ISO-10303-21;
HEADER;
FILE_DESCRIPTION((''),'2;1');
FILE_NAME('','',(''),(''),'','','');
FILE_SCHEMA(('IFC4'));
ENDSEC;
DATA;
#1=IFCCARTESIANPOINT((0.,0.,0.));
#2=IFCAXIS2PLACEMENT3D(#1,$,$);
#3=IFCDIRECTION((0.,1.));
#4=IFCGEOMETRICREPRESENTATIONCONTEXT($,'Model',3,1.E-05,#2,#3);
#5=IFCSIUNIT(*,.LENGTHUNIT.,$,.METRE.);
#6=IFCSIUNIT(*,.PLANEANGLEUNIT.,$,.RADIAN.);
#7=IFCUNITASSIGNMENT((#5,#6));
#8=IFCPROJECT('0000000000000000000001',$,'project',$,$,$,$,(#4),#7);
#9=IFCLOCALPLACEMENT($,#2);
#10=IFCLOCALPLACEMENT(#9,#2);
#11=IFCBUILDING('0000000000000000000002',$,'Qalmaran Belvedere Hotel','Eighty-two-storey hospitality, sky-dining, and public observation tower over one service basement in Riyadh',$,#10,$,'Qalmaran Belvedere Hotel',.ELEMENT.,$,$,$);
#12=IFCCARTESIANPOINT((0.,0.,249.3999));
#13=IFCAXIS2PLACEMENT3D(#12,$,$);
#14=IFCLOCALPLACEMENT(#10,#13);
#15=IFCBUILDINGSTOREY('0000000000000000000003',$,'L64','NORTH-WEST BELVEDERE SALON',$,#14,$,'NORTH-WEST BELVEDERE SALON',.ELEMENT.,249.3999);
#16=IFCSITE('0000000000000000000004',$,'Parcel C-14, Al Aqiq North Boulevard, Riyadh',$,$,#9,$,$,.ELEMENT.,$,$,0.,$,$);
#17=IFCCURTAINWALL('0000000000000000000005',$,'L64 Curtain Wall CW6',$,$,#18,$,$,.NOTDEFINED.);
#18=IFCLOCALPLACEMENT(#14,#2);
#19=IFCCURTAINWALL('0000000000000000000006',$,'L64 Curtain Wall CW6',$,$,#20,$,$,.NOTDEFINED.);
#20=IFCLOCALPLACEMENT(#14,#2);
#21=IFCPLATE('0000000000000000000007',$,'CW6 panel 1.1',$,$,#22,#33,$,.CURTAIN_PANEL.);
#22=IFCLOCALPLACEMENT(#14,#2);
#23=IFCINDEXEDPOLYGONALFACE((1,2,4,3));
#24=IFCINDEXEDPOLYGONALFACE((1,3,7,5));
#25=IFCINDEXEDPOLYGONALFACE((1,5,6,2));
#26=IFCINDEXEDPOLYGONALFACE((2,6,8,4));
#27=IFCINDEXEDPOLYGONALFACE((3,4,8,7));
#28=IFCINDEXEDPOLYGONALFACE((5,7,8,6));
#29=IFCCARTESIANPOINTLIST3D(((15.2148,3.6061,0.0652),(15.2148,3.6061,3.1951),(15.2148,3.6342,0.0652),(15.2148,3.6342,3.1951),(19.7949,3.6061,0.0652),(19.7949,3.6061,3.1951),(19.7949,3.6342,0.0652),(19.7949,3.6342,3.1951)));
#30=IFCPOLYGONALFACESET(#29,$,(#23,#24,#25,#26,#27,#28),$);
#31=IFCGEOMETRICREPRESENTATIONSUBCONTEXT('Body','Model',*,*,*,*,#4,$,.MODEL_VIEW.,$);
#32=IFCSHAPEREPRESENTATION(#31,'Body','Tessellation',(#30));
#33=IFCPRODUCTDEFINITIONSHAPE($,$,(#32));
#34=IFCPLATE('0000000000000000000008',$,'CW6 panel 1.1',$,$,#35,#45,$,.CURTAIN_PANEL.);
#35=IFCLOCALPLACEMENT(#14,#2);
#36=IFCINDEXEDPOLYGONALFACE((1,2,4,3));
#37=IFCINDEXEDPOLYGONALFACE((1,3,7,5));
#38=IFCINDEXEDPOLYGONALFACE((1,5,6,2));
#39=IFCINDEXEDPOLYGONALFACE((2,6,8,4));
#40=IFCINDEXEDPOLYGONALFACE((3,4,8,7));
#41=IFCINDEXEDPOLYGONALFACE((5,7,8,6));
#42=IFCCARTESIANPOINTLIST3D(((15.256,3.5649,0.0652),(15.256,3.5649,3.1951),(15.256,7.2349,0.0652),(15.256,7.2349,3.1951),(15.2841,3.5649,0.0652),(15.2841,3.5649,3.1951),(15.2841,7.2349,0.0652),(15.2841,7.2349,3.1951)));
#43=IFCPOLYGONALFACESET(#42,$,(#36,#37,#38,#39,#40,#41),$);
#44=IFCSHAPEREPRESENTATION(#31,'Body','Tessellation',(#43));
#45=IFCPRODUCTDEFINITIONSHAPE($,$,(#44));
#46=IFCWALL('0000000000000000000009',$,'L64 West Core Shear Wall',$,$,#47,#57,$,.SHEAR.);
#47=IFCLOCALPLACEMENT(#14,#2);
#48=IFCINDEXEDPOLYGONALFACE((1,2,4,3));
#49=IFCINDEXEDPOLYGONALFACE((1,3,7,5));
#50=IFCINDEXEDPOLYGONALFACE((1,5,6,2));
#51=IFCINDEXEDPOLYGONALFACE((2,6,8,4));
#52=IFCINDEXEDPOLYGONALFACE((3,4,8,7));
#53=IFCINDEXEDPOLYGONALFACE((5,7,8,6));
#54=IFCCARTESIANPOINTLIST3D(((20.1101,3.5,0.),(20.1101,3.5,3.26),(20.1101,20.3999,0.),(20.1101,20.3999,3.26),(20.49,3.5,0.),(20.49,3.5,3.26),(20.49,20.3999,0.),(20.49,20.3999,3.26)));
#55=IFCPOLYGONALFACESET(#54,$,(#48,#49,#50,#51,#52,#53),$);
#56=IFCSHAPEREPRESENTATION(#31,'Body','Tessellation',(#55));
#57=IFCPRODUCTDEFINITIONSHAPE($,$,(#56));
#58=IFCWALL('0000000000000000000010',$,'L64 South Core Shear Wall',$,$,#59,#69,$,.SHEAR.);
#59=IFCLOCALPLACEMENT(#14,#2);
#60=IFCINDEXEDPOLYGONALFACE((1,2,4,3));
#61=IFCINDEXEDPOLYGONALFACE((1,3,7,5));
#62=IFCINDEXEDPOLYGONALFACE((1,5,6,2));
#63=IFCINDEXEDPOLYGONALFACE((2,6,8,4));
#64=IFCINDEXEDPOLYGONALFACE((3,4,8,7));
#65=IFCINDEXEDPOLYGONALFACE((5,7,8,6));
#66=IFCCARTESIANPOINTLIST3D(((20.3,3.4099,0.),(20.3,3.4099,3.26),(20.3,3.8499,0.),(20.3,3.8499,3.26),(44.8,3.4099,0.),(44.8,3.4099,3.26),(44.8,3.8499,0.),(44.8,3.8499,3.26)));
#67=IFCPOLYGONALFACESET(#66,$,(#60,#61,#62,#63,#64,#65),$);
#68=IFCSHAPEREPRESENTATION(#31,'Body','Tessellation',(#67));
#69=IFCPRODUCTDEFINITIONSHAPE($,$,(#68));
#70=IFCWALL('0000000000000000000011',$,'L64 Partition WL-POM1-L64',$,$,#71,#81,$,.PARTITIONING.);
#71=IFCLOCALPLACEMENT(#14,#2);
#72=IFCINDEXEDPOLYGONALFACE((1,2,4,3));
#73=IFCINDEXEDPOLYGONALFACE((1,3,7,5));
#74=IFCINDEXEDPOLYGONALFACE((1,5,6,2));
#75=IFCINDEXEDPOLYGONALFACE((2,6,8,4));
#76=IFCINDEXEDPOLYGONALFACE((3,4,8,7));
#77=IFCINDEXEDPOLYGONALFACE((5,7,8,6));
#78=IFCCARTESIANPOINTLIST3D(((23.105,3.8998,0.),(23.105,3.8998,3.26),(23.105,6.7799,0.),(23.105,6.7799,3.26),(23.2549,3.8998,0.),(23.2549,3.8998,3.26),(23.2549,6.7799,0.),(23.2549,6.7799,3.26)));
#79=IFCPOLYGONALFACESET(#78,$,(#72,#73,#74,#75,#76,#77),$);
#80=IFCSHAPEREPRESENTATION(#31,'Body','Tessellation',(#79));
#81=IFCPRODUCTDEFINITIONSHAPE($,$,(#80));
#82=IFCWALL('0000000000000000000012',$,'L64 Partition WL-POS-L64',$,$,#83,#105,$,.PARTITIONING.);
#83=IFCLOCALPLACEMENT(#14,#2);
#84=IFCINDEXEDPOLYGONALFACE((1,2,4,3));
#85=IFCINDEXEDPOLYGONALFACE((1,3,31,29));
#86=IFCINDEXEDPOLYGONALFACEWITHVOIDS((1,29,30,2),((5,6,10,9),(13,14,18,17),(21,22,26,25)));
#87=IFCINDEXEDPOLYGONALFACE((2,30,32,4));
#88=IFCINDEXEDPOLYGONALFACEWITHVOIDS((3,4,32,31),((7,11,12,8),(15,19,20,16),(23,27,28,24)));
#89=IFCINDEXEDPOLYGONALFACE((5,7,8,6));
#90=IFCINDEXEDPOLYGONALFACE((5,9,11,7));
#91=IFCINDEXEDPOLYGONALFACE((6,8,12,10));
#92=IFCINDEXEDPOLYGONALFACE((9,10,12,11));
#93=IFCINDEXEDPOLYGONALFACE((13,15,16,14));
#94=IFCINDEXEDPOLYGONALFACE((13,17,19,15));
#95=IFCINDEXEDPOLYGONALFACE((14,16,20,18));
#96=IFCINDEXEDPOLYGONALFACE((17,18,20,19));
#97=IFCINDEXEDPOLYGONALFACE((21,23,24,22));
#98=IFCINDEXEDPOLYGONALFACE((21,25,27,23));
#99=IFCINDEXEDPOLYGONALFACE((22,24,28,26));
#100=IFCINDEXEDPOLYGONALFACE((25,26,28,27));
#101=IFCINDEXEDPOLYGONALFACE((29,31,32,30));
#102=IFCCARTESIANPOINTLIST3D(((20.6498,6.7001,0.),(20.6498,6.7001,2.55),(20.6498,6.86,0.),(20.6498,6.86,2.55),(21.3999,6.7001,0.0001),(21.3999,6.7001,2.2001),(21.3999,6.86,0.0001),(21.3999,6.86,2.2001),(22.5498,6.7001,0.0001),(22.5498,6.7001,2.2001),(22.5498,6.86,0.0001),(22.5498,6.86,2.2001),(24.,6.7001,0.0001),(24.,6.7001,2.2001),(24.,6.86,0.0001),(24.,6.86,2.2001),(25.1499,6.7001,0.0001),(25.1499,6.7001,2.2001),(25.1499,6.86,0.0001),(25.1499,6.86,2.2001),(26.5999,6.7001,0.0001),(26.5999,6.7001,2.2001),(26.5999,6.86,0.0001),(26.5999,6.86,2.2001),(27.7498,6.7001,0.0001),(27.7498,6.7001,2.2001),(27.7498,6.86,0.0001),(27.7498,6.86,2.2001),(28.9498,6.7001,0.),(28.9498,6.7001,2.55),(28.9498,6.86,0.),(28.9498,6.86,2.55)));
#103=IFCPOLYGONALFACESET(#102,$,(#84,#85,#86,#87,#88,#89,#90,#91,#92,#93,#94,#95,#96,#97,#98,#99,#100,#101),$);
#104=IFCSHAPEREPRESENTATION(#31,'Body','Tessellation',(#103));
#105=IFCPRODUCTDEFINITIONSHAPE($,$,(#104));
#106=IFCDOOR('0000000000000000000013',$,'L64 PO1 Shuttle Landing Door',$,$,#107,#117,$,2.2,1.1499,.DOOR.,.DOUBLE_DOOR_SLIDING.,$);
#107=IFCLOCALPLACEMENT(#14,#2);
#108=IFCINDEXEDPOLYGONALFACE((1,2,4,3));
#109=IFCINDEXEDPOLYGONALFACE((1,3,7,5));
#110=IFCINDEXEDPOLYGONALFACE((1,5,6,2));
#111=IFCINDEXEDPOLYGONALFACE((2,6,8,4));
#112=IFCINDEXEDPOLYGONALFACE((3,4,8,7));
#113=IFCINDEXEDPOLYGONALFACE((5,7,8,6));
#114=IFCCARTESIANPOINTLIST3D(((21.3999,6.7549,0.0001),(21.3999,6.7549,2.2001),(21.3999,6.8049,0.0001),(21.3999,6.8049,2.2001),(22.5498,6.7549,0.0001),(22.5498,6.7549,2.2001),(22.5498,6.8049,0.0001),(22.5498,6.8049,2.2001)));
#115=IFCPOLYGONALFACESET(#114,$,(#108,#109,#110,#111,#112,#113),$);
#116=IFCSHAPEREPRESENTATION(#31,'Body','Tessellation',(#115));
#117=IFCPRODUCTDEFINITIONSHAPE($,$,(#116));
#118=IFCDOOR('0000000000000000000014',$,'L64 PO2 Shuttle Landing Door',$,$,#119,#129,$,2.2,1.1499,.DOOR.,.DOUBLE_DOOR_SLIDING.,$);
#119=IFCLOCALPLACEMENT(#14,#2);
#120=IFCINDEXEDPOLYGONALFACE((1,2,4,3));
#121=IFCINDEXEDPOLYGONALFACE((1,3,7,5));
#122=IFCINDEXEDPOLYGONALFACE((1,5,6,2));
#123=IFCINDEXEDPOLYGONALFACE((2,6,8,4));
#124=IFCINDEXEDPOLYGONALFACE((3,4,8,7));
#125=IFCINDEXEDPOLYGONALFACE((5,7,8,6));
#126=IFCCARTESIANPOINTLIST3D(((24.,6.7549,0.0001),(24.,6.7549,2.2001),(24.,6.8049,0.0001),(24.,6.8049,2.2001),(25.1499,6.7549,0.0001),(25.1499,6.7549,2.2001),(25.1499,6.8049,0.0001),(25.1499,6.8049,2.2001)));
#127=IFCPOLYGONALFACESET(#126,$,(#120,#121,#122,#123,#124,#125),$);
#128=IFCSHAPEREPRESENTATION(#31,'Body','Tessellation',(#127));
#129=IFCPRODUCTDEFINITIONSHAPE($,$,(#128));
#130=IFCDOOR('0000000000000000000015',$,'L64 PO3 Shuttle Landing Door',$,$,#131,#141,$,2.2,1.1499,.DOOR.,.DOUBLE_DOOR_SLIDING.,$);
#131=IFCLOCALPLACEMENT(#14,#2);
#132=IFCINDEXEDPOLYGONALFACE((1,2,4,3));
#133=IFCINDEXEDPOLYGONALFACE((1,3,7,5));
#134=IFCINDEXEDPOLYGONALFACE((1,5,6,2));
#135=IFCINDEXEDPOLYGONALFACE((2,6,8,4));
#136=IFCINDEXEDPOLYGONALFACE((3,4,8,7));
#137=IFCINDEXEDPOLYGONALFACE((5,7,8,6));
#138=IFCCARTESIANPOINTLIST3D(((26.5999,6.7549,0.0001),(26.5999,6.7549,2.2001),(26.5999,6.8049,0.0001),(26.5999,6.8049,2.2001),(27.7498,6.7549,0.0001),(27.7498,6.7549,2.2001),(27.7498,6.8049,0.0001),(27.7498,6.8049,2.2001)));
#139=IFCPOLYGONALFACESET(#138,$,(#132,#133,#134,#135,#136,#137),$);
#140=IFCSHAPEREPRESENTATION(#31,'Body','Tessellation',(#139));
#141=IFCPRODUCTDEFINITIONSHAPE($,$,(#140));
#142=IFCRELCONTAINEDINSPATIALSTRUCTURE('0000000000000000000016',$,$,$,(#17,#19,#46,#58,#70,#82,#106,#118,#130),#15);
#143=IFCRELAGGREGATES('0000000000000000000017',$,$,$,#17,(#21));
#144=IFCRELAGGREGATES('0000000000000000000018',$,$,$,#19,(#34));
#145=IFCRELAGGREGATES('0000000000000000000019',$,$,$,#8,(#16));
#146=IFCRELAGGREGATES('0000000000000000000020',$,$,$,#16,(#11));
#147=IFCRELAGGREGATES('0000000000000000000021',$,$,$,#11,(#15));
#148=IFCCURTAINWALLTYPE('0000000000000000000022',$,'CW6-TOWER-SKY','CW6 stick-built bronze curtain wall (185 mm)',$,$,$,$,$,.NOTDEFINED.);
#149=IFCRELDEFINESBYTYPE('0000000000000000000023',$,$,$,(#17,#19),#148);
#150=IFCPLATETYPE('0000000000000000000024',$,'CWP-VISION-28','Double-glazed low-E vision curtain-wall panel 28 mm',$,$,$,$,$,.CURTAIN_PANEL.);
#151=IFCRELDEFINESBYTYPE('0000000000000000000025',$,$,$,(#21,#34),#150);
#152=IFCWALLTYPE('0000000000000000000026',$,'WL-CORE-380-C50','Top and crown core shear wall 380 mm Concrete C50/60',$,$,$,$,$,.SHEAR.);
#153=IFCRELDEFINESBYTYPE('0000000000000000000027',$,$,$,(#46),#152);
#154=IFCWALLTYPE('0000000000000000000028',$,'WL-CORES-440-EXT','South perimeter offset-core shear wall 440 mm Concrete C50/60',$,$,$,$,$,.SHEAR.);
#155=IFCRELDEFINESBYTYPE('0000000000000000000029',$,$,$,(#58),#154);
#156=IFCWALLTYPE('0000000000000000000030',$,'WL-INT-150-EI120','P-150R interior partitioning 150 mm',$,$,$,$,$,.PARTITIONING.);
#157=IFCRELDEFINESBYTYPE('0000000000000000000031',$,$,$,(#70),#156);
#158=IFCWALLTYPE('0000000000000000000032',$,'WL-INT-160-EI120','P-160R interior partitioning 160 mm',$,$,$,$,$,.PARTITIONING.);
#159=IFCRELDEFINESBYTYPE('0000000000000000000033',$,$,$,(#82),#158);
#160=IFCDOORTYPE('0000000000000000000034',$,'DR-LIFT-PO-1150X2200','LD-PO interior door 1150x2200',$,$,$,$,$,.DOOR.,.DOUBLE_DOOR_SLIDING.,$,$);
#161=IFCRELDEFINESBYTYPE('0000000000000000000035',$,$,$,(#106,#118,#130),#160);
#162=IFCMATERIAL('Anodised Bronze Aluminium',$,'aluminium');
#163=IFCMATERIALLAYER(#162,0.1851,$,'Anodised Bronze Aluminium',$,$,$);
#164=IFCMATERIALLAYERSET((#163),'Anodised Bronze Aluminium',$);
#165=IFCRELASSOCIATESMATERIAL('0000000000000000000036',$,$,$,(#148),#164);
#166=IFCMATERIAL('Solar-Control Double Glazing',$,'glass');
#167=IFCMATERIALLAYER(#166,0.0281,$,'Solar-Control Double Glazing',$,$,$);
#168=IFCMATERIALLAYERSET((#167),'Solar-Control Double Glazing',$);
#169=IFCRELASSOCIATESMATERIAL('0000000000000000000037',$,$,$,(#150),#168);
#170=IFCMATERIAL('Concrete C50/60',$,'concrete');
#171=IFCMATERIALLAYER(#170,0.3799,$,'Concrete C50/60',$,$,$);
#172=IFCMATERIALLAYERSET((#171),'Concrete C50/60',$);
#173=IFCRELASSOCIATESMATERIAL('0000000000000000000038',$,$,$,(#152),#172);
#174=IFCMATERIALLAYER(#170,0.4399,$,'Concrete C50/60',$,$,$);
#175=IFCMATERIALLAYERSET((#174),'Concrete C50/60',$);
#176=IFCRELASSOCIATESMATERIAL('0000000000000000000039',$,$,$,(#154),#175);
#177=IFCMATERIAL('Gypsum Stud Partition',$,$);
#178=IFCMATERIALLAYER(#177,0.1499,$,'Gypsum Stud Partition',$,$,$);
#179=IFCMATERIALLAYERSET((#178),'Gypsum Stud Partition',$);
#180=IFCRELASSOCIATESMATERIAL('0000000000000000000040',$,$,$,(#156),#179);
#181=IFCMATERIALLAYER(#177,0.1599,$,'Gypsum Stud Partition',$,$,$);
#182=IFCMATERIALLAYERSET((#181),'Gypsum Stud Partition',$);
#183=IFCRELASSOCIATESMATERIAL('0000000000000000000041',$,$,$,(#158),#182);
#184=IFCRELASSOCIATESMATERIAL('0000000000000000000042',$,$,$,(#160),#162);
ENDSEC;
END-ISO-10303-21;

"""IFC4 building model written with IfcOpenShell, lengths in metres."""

from ifc_helpers import new_model, si_unit, direction, frame, frame_2d, origin, origin_2d, place, context, subcontext, project, spatial, rectangle, extrude, material, layer, layer_set, type_object, element, fill, aggregate, save


model = new_model("IFC4")

# Units and contexts
model_context = context("Model", 3, precision=1e-05, world=origin(), true_north=direction((0.0, 1.0)))
body_context = subcontext(model_context, "Body", "Model", "MODEL_VIEW")
ifc_project = project(units=[si_unit("LENGTHUNIT", "METRE"), si_unit("PLANEANGLEUNIT", "RADIAN")], contexts=[model_context])

# Site, building, storey
site_placement = place(None, origin())
site = spatial("IfcSite", under=ifc_project, at=site_placement, Name="Parcel C-14, Al Aqiq North Boulevard, Riyadh", CompositionType="ELEMENT", RefElevation=0.0)
building_placement = place(site_placement, origin())
building = spatial("IfcBuilding", under=site, at=building_placement, Name="Qalmaran Belvedere Hotel", Description="Eighty-two-storey hospitality, sky-dining, and public observation tower over one service basement in Riyadh", LongName="Qalmaran Belvedere Hotel", CompositionType="ELEMENT")
storey_placement = place(building_placement, frame((0.0, 0.0, 249.3999)))
storey = spatial("IfcBuildingStorey", under=building, at=storey_placement, Name="L64", Description="NORTH-WEST BELVEDERE SALON", LongName="NORTH-WEST BELVEDERE SALON", CompositionType="ELEMENT", Elevation=249.3999)

# Shared definitions
ifc_material_1 = material(Name="Concrete C50/60", Category="concrete")

# Curtain wall
ifc_material_2 = material(Name="Anodised Bronze Aluminium", Category="aluminium")
ifc_layer_1 = layer(ifc_material_2, 0.1851, Name="Anodised Bronze Aluminium")
ifc_layer_set_1 = layer_set([ifc_layer_1], Name="Anodised Bronze Aluminium")
curtain_wall_type = type_object("IfcCurtainWallType", Name="CW6-TOWER-SKY", Description="CW6 stick-built bronze curtain wall (185 mm)", PredefinedType="NOTDEFINED", material=ifc_layer_set_1)
curtain_wall_1_placement = place(storey_placement, origin())
curtain_wall_1 = element("IfcCurtainWall", 1, at=curtain_wall_1_placement, inside=storey, type_object=curtain_wall_type, Name="L64 Curtain Wall CW6", PredefinedType="NOTDEFINED")

# Curtain wall
curtain_wall_2_placement = place(storey_placement, origin())
curtain_wall_2 = element("IfcCurtainWall", 2, at=curtain_wall_2_placement, inside=storey, type_object=curtain_wall_type, Name="L64 Curtain Wall CW6", PredefinedType="NOTDEFINED")

# Plates
ifc_material_3 = material(Name="Solar-Control Double Glazing", Category="glass")
ifc_layer_2 = layer(ifc_material_3, 0.0281, Name="Solar-Control Double Glazing")
ifc_layer_set_2 = layer_set([ifc_layer_2], Name="Solar-Control Double Glazing")
plate_type = type_object("IfcPlateType", Name="CWP-VISION-28", Description="Double-glazed low-E vision curtain-wall panel 28 mm", PredefinedType="CURTAIN_PANEL", material=ifc_layer_set_2)
plate_1_placement = place(storey_placement, frame((17.5049, 3.6201, 0.0652), z_axis=(0.0, 0.0, 1.0), x_axis=(1.0, 0.0, 0.0)))
plate_1 = element("IfcPlate", 3, at=plate_1_placement, type_object=plate_type, Name="CW6 panel 1.1", PredefinedType="CURTAIN_PANEL", context=body_context, shape_type="SweptSolid", body=[
    extrude(rectangle(XDim=4.5801, YDim=0.0281, at=origin_2d()), origin(), (0.0, 0.0, 1.0), 3.1299),
])
aggregate(curtain_wall_1, [plate_1])
plate_2_placement = place(storey_placement, frame((15.27, 5.3999, 0.0652), z_axis=(0.0, 0.0, 1.0), x_axis=(0.0, -1.0, 0.0)))
plate_2 = element("IfcPlate", 4, at=plate_2_placement, type_object=plate_type, Name="CW6 panel 1.1", PredefinedType="CURTAIN_PANEL", context=body_context, shape_type="SweptSolid", body=[
    extrude(rectangle(XDim=3.6699, YDim=0.0281, at=origin_2d()), origin(), (0.0, 0.0, 1.0), 3.1299),
])
aggregate(curtain_wall_2, [plate_2])

# Walls
ifc_layer_3 = layer(ifc_material_1, 0.3799, Name="Concrete C50/60")
ifc_layer_set_3 = layer_set([ifc_layer_3], Name="Concrete C50/60")
wall_type_1 = type_object("IfcWallType", Name="WL-CORE-380-C50", Description="Top and crown core shear wall 380 mm Concrete C50/60", PredefinedType="SHEAR", material=ifc_layer_set_3)
wall_1_placement = place(storey_placement, frame((20.3, 3.5, 0.0), z_axis=(0.0, 0.0, 1.0), x_axis=(0.0, 1.0, 0.0)))
element("IfcWall", 5, at=wall_1_placement, inside=storey, type_object=wall_type_1, Name="L64 West Core Shear Wall", PredefinedType="SHEAR", context=body_context, shape_type="SweptSolid", body=[
    extrude(rectangle(XDim=16.8999, YDim=0.3799, at=frame_2d((8.45, 0.0))), origin(), (0.0, 0.0, 1.0), 3.26),
])
ifc_layer_4 = layer(ifc_material_1, 0.4399, Name="Concrete C50/60")
ifc_layer_set_4 = layer_set([ifc_layer_4], Name="Concrete C50/60")
wall_type_2 = type_object("IfcWallType", Name="WL-CORES-440-EXT", Description="South perimeter offset-core shear wall 440 mm Concrete C50/60", PredefinedType="SHEAR", material=ifc_layer_set_4)
wall_2_placement = place(storey_placement, frame((20.3, 3.6299, 0.0), z_axis=(0.0, 0.0, 1.0), x_axis=(1.0, 0.0, 0.0)))
element("IfcWall", 6, at=wall_2_placement, inside=storey, type_object=wall_type_2, Name="L64 South Core Shear Wall", PredefinedType="SHEAR", context=body_context, shape_type="SweptSolid", body=[
    extrude(rectangle(XDim=24.5, YDim=0.4399, at=frame_2d((12.25, 0.0))), origin(), (0.0, 0.0, 1.0), 3.26),
])
ifc_material_4 = material(Name="Gypsum Stud Partition")
ifc_layer_5 = layer(ifc_material_4, 0.1499, Name="Gypsum Stud Partition")
ifc_layer_set_5 = layer_set([ifc_layer_5], Name="Gypsum Stud Partition")
wall_type_3 = type_object("IfcWallType", Name="WL-INT-150-EI120", Description="P-150R interior partitioning 150 mm", PredefinedType="PARTITIONING", material=ifc_layer_set_5)
wall_3_placement = place(storey_placement, frame((23.1799, 3.8999, 0.0), z_axis=(0.0, 0.0, 1.0), x_axis=(0.0, 1.0, 0.0)))
element("IfcWall", 7, at=wall_3_placement, inside=storey, type_object=wall_type_3, Name="L64 Partition WL-POM1-L64", PredefinedType="PARTITIONING", context=body_context, shape_type="SweptSolid", body=[
    extrude(rectangle(XDim=2.8801, YDim=0.1499, at=frame_2d((1.4399, 0.0))), origin(), (0.0, 0.0, 1.0), 3.26),
])

# Wall, openings, doors
ifc_layer_6 = layer(ifc_material_4, 0.1599, Name="Gypsum Stud Partition")
ifc_layer_set_6 = layer_set([ifc_layer_6], Name="Gypsum Stud Partition")
wall_type_4 = type_object("IfcWallType", Name="WL-INT-160-EI120", Description="P-160R interior partitioning 160 mm", PredefinedType="PARTITIONING", material=ifc_layer_set_6)
wall_4_placement = place(storey_placement, frame((20.6499, 6.78, 0.0), z_axis=(0.0, 0.0, 1.0), x_axis=(1.0, 0.0, 0.0)))
wall_4 = element("IfcWall", 8, at=wall_4_placement, inside=storey, type_object=wall_type_4, Name="L64 Partition WL-POS-L64", PredefinedType="PARTITIONING", context=body_context, shape_type="SweptSolid", body=[
    extrude(rectangle(XDim=8.3, YDim=0.1599, at=frame_2d((4.1499, 0.0))), origin(), (0.0, 0.0, 1.0), 2.55),
])
opening_1_placement = place(wall_4_placement, frame((0.75, 0.0, 0.0)))
opening_1 = element("IfcOpeningElement", 9, at=opening_1_placement, cuts=wall_4, PredefinedType="OPENING", context=body_context, shape_type="SweptSolid", body=[
    extrude(rectangle(XDim=1.1499, YDim=2.2, at=frame_2d((0.575, 1.1001))), frame((0.0, 0.0898, 0.0), z_axis=(0.0, -1.0, 0.0), x_axis=(1.0, 0.0, 0.0)), (0.0, 0.0, 1.0), 0.1799),
])
opening_2_placement = place(wall_4_placement, frame((3.3501, 0.0, 0.0)))
opening_2 = element("IfcOpeningElement", 10, at=opening_2_placement, cuts=wall_4, PredefinedType="OPENING", context=body_context, shape_type="SweptSolid", body=[
    extrude(rectangle(XDim=1.1499, YDim=2.2, at=frame_2d((0.575, 1.1001))), frame((0.0, 0.0898, 0.0), z_axis=(0.0, -1.0, 0.0), x_axis=(1.0, 0.0, 0.0)), (0.0, 0.0, 1.0), 0.1799),
])
opening_3_placement = place(wall_4_placement, frame((5.95, 0.0, 0.0)))
opening_3 = element("IfcOpeningElement", 11, at=opening_3_placement, cuts=wall_4, PredefinedType="OPENING", context=body_context, shape_type="SweptSolid", body=[
    extrude(rectangle(XDim=1.1499, YDim=2.2, at=frame_2d((0.575, 1.1001))), frame((0.0, 0.0898, 0.0), z_axis=(0.0, -1.0, 0.0), x_axis=(1.0, 0.0, 0.0)), (0.0, 0.0, 1.0), 0.1799),
])
door_type = type_object("IfcDoorType", Name="DR-LIFT-PO-1150X2200", Description="LD-PO interior door 1150x2200", OperationType="DOUBLE_DOOR_SLIDING", PredefinedType="DOOR", material=ifc_material_2)
door_1_placement = place(opening_1_placement, origin())
door_1 = element("IfcDoor", 12, at=door_1_placement, inside=storey, type_object=door_type, Name="L64 PO1 Shuttle Landing Door", OperationType="DOUBLE_DOOR_SLIDING", OverallHeight=2.2, OverallWidth=1.1499, PredefinedType="DOOR", context=body_context, shape_type="SweptSolid", body=[
    extrude(rectangle(XDim=1.1499, YDim=2.2, at=frame_2d((0.575, 1.1001))), frame((0.0, 0.0249, 0.0), z_axis=(0.0, -1.0, 0.0), x_axis=(1.0, 0.0, 0.0)), (0.0, 0.0, 1.0), 0.05),
])
fill(opening_1, door_1)
door_2_placement = place(opening_2_placement, origin())
door_2 = element("IfcDoor", 13, at=door_2_placement, inside=storey, type_object=door_type, Name="L64 PO2 Shuttle Landing Door", OperationType="DOUBLE_DOOR_SLIDING", OverallHeight=2.2, OverallWidth=1.1499, PredefinedType="DOOR", context=body_context, shape_type="SweptSolid", body=[
    extrude(rectangle(XDim=1.1499, YDim=2.2, at=frame_2d((0.575, 1.1001))), frame((0.0, 0.0249, 0.0), z_axis=(0.0, -1.0, 0.0), x_axis=(1.0, 0.0, 0.0)), (0.0, 0.0, 1.0), 0.05),
])
fill(opening_2, door_2)
door_3_placement = place(opening_3_placement, origin())
door_3 = element("IfcDoor", 14, at=door_3_placement, inside=storey, type_object=door_type, Name="L64 PO3 Shuttle Landing Door", OperationType="DOUBLE_DOOR_SLIDING", OverallHeight=2.2, OverallWidth=1.1499, PredefinedType="DOOR", context=body_context, shape_type="SweptSolid", body=[
    extrude(rectangle(XDim=1.1499, YDim=2.2, at=frame_2d((0.575, 1.1001))), frame((0.0, 0.0249, 0.0), z_axis=(0.0, -1.0, 0.0), x_axis=(1.0, 0.0, 0.0)), (0.0, 0.0, 1.0), 0.05),
])
fill(opening_3, door_3)

save(model, "model.ifc")
